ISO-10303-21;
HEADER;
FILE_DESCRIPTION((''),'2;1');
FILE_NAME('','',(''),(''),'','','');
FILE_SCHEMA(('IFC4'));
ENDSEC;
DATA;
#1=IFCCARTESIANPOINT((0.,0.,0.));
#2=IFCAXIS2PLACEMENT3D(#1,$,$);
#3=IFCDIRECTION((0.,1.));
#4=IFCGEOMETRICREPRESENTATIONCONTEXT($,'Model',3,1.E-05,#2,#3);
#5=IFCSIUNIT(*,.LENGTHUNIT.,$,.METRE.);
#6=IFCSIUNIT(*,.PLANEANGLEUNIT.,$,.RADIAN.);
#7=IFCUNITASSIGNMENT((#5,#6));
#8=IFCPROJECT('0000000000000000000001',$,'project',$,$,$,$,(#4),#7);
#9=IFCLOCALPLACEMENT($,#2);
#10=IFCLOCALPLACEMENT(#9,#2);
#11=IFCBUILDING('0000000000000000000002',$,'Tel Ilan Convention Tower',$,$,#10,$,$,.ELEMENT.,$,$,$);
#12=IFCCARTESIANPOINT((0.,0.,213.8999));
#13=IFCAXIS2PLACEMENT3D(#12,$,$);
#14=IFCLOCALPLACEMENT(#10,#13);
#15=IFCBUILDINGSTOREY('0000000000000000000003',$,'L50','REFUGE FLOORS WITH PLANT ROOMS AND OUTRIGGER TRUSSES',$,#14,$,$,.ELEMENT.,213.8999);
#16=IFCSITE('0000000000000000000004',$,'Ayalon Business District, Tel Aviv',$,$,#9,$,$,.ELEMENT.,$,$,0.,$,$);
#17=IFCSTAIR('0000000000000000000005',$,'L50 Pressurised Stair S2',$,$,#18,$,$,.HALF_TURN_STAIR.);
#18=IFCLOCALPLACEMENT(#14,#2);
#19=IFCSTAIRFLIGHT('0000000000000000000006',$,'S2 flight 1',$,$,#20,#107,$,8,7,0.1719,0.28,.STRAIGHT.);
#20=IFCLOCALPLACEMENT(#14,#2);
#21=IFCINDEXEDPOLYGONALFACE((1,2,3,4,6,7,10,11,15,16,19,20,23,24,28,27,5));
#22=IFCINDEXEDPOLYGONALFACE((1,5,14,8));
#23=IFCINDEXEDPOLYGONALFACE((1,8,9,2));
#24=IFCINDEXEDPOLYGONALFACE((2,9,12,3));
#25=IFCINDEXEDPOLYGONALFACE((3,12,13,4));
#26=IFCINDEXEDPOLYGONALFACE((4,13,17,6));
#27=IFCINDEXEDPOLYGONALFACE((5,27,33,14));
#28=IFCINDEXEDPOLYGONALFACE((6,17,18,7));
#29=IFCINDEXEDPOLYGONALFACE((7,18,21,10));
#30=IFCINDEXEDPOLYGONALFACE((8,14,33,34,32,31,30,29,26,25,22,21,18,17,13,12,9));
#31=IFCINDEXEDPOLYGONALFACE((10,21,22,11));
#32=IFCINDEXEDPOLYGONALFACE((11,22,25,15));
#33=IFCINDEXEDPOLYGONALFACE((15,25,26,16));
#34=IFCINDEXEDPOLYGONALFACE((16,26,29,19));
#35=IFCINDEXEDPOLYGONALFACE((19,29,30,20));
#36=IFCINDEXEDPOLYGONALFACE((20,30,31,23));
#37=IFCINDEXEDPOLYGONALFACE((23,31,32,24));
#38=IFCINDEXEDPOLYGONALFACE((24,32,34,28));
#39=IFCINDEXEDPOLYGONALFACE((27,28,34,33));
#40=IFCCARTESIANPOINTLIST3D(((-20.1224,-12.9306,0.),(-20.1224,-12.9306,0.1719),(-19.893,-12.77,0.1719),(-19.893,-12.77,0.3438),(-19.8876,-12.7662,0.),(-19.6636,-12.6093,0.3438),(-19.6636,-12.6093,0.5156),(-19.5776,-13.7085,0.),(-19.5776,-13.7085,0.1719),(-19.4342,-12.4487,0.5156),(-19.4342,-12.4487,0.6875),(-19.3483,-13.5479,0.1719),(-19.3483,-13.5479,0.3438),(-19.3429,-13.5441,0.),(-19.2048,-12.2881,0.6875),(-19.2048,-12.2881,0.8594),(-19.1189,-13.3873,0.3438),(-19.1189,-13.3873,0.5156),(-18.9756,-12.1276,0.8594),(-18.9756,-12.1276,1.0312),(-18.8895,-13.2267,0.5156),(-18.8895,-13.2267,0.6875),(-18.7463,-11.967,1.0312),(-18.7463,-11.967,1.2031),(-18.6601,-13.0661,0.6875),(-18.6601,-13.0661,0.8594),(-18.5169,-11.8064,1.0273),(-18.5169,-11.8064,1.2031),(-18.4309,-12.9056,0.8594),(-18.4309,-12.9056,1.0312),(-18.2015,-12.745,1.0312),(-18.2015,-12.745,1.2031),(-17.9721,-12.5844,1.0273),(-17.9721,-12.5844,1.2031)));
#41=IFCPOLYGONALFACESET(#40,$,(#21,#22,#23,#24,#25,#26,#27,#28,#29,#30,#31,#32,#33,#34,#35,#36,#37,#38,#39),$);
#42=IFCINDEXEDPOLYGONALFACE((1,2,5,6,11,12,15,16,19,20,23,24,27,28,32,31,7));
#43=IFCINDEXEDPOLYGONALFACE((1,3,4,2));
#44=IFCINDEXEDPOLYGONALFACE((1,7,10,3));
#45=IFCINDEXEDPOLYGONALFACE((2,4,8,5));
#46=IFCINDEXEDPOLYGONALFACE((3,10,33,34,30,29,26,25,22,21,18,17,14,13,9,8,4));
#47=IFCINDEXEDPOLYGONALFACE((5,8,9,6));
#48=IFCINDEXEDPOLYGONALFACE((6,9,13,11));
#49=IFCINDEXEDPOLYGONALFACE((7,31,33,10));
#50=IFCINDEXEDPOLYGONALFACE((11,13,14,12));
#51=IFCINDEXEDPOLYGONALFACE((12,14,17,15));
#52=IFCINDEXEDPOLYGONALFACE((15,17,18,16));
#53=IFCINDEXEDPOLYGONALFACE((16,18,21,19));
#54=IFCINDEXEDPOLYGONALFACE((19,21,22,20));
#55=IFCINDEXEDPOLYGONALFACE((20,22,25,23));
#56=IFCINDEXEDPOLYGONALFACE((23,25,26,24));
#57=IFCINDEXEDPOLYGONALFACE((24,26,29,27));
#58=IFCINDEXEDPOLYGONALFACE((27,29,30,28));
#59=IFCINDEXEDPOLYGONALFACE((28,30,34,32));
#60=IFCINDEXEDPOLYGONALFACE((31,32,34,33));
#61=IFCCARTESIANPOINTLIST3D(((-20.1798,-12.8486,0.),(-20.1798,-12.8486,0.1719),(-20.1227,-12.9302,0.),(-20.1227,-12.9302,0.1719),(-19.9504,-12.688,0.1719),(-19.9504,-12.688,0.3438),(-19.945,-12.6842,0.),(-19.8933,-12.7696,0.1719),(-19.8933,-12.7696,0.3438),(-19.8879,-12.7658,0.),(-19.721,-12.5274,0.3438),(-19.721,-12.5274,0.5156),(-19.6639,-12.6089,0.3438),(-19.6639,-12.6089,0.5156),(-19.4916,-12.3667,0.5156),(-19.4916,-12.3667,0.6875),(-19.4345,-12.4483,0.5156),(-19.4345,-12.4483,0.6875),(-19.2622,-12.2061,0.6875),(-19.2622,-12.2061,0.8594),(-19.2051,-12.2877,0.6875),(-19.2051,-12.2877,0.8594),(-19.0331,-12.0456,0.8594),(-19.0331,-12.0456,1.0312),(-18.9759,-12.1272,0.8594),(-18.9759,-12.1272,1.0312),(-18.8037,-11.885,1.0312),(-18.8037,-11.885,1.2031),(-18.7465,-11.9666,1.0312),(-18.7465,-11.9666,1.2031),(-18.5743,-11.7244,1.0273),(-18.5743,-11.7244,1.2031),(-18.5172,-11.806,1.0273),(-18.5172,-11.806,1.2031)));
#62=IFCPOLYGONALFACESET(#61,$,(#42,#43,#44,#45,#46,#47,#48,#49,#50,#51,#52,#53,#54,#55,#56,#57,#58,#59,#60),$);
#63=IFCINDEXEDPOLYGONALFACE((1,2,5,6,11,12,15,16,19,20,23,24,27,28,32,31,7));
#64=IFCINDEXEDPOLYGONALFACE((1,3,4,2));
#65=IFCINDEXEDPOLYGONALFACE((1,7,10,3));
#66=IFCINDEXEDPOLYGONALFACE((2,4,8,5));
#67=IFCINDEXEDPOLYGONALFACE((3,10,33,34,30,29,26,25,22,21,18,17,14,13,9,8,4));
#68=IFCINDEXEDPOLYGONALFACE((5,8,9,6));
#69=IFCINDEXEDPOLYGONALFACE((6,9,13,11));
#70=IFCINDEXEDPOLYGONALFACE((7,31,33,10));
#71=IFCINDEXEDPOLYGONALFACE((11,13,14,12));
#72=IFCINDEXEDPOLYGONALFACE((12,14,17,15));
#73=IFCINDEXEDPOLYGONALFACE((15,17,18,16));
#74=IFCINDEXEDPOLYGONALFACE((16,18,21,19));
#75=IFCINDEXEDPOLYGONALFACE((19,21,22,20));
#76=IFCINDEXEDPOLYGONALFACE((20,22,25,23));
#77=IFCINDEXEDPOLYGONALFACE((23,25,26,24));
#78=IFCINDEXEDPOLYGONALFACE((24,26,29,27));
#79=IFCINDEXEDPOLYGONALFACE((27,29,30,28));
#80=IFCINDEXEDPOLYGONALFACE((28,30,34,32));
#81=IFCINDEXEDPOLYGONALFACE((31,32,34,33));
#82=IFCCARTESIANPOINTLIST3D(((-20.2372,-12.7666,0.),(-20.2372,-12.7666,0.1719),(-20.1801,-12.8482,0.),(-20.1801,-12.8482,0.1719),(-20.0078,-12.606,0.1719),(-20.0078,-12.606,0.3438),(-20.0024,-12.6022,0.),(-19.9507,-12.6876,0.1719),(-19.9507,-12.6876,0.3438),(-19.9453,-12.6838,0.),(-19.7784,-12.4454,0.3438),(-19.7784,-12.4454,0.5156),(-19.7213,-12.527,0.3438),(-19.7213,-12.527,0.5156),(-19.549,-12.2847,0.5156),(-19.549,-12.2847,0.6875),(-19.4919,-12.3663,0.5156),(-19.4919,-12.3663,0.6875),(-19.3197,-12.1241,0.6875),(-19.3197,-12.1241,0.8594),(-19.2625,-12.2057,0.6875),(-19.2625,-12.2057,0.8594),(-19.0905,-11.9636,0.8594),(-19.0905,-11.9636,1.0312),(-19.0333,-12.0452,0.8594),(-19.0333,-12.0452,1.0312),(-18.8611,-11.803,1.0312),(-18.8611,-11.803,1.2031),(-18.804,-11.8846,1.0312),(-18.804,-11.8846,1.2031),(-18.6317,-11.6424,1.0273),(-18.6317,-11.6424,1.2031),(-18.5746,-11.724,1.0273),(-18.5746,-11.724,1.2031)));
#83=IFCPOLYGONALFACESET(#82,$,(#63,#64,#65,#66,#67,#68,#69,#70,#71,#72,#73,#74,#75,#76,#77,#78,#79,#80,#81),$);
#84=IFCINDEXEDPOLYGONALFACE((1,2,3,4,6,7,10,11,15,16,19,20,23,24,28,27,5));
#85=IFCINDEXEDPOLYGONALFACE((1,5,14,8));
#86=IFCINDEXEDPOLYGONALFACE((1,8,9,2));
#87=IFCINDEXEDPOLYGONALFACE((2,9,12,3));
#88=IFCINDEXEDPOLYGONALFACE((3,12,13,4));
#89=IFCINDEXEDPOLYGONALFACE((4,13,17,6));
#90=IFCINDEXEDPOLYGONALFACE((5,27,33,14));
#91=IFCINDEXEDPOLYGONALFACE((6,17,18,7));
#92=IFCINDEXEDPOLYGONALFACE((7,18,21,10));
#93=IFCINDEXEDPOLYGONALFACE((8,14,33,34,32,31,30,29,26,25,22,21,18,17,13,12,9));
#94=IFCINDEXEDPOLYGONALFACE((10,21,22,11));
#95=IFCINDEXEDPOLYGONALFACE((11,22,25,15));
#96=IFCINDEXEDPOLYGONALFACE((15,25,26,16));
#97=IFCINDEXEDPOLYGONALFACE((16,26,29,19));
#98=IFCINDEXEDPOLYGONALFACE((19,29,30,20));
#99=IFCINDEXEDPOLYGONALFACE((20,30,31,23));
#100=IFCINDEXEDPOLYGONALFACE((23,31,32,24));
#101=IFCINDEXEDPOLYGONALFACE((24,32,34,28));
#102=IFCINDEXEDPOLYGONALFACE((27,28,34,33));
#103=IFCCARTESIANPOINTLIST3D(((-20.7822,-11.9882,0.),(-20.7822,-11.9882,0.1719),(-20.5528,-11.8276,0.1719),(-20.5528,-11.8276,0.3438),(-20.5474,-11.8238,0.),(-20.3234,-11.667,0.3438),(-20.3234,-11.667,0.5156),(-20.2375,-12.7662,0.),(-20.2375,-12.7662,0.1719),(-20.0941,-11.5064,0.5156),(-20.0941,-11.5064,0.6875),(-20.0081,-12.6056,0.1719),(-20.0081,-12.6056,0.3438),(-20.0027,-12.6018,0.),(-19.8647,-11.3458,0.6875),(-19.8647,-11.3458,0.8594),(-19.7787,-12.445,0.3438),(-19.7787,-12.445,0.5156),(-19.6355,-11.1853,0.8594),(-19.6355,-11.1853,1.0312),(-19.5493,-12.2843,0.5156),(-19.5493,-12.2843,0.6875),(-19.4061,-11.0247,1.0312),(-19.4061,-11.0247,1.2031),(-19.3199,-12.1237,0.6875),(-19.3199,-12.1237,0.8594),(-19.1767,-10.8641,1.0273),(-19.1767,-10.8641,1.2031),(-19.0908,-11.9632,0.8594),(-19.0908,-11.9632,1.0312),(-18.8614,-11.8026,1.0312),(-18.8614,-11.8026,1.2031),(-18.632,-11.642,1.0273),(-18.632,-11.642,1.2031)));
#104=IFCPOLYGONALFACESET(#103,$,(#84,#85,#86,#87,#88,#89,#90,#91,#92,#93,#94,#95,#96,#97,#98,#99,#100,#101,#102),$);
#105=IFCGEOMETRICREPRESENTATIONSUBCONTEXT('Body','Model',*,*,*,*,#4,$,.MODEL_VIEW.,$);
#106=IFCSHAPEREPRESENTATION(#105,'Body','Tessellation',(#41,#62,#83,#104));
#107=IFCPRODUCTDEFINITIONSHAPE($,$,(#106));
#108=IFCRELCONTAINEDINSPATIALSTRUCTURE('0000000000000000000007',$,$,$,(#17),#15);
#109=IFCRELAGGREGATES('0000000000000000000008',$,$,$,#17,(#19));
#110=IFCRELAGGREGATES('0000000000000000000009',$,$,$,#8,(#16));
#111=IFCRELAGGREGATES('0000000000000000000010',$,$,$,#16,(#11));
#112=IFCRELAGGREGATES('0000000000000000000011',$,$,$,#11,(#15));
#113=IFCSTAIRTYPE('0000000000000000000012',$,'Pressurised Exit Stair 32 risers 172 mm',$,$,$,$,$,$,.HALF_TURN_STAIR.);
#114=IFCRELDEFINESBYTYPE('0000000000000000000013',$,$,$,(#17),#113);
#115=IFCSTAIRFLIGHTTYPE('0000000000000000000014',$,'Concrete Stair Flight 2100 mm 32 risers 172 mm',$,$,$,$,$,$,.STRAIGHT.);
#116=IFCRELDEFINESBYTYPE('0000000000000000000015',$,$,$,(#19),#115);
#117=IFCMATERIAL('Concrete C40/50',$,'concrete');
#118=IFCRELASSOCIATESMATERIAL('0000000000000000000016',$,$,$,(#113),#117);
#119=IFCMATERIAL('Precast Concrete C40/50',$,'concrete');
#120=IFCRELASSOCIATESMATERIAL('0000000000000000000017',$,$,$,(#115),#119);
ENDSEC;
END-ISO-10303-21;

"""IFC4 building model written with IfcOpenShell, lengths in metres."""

from ifc_helpers import new_model, si_unit, direction, frame, origin, place, context, subcontext, project, spatial, polyline, outline, extrude, material, type_object, element, aggregate, save


model = new_model("IFC4")

# Units and contexts
model_context = context("Model", 3, precision=1e-05, world=origin(), true_north=direction((0.0, 1.0)))
body_context = subcontext(model_context, "Body", "Model", "MODEL_VIEW")
ifc_project = project(units=[si_unit("LENGTHUNIT", "METRE"), si_unit("PLANEANGLEUNIT", "RADIAN")], contexts=[model_context])

# Site, building, storey
site_placement = place(None, origin())
site = spatial("IfcSite", under=ifc_project, at=site_placement, Name="Ayalon Business District, Tel Aviv", CompositionType="ELEMENT", RefElevation=0.0)
building_placement = place(site_placement, origin())
building = spatial("IfcBuilding", under=site, at=building_placement, Name="Tel Ilan Convention Tower", CompositionType="ELEMENT")
storey_placement = place(building_placement, frame((0.0, 0.0, 213.8999)))
storey = spatial("IfcBuildingStorey", under=building, at=storey_placement, Name="L50", Description="REFUGE FLOORS WITH PLANT ROOMS AND OUTRIGGER TRUSSES", CompositionType="ELEMENT", Elevation=213.8999)

# Stair, stair flight
ifc_material_1 = material(Name="Concrete C40/50", Category="concrete")
stair_type = type_object("IfcStairType", Name="Pressurised Exit Stair 32 risers 172 mm", PredefinedType="HALF_TURN_STAIR", material=ifc_material_1)
stair_placement = place(storey_placement, origin())
stair = element("IfcStair", 1, at=stair_placement, inside=storey, type_object=stair_type, Name="L50 Pressurised Stair S2", PredefinedType="HALF_TURN_STAIR")
ifc_material_2 = material(Name="Precast Concrete C40/50", Category="concrete")
stair_flight_type = type_object("IfcStairFlightType", Name="Concrete Stair Flight 2100 mm 32 risers 172 mm", PredefinedType="STRAIGHT", material=ifc_material_2)
stair_flight_1_placement = place(storey_placement, frame((-20.1799, -12.8484, 0.0), z_axis=(0.0, 0.0, 1.0), x_axis=(0.819152, 0.573576, 0.0)))
stair_flight_1 = element("IfcStairFlight", 2, at=stair_flight_1_placement, type_object=stair_flight_type, Name="S2 flight 1", NumberOfRisers=8, NumberOfTreads=7, PredefinedType="STRAIGHT", RiserHeight=0.1719, TreadLength=0.28, context=body_context, shape_type="SweptSolid", body=[
    extrude(outline(polyline([(0.0, 0.0), (0.0, 0.1719), (0.28, 0.1719), (0.28, 0.3438), (0.5601, 0.3438), (0.5601, 0.5156), (0.8401, 0.5156), (0.8401, 0.6875), (1.1201, 0.6875), (1.1201, 0.8594), (1.3999, 0.8594), (1.3999, 1.0312), (1.6799, 1.0312), (1.6799, 1.2031), (1.96, 1.2031), (1.96, 1.375), (1.96, 1.0273), (0.2866, 0.0), (0.0, 0.0)])), frame((0.0, -0.1003, 0.0), z_axis=(0.0, -1.0, 0.0), x_axis=(1.0, 0.0, 0.0)), (0.0, 0.0, 1.0), 0.9497),
    extrude(outline(polyline([(0.0, 0.0), (0.0, 0.1719), (0.28, 0.1719), (0.28, 0.3438), (0.5601, 0.3438), (0.5601, 0.5156), (0.8401, 0.5156), (0.8401, 0.6875), (1.1201, 0.6875), (1.1201, 0.8594), (1.3999, 0.8594), (1.3999, 1.0312), (1.6799, 1.0312), (1.6799, 1.2031), (1.96, 1.2031), (1.96, 1.375), (1.96, 1.0273), (0.2866, 0.0), (0.0, 0.0)])), frame((0.0, -0.0002, 0.0), z_axis=(0.0, -1.0, 0.0), x_axis=(1.0, 0.0, 0.0)), (0.0, 0.0, 1.0), 0.0996),
    extrude(outline(polyline([(0.0, 0.0), (0.0, 0.1719), (0.28, 0.1719), (0.28, 0.3438), (0.5601, 0.3438), (0.5601, 0.5156), (0.8401, 0.5156), (0.8401, 0.6875), (1.1201, 0.6875), (1.1201, 0.8594), (1.3999, 0.8594), (1.3999, 1.0312), (1.6799, 1.0312), (1.6799, 1.2031), (1.96, 1.2031), (1.96, 1.375), (1.96, 1.0273), (0.2866, 0.0), (0.0, 0.0)])), frame((0.0, 0.0999, 0.0), z_axis=(0.0, -1.0, 0.0), x_axis=(1.0, 0.0, 0.0)), (0.0, 0.0, 1.0), 0.0996),
    extrude(outline(polyline([(0.0, 0.0), (0.0, 0.1719), (0.28, 0.1719), (0.28, 0.3438), (0.5601, 0.3438), (0.5601, 0.5156), (0.8401, 0.5156), (0.8401, 0.6875), (1.1201, 0.6875), (1.1201, 0.8594), (1.3999, 0.8594), (1.3999, 1.0312), (1.6799, 1.0312), (1.6799, 1.2031), (1.96, 1.2031), (1.96, 1.375), (1.96, 1.0273), (0.2866, 0.0), (0.0, 0.0)])), frame((0.0, 1.05, 0.0), z_axis=(0.0, -1.0, 0.0), x_axis=(1.0, 0.0, 0.0)), (0.0, 0.0, 1.0), 0.9497),
])
aggregate(stair, [stair_flight_1])

save(model, "model.ifc")
